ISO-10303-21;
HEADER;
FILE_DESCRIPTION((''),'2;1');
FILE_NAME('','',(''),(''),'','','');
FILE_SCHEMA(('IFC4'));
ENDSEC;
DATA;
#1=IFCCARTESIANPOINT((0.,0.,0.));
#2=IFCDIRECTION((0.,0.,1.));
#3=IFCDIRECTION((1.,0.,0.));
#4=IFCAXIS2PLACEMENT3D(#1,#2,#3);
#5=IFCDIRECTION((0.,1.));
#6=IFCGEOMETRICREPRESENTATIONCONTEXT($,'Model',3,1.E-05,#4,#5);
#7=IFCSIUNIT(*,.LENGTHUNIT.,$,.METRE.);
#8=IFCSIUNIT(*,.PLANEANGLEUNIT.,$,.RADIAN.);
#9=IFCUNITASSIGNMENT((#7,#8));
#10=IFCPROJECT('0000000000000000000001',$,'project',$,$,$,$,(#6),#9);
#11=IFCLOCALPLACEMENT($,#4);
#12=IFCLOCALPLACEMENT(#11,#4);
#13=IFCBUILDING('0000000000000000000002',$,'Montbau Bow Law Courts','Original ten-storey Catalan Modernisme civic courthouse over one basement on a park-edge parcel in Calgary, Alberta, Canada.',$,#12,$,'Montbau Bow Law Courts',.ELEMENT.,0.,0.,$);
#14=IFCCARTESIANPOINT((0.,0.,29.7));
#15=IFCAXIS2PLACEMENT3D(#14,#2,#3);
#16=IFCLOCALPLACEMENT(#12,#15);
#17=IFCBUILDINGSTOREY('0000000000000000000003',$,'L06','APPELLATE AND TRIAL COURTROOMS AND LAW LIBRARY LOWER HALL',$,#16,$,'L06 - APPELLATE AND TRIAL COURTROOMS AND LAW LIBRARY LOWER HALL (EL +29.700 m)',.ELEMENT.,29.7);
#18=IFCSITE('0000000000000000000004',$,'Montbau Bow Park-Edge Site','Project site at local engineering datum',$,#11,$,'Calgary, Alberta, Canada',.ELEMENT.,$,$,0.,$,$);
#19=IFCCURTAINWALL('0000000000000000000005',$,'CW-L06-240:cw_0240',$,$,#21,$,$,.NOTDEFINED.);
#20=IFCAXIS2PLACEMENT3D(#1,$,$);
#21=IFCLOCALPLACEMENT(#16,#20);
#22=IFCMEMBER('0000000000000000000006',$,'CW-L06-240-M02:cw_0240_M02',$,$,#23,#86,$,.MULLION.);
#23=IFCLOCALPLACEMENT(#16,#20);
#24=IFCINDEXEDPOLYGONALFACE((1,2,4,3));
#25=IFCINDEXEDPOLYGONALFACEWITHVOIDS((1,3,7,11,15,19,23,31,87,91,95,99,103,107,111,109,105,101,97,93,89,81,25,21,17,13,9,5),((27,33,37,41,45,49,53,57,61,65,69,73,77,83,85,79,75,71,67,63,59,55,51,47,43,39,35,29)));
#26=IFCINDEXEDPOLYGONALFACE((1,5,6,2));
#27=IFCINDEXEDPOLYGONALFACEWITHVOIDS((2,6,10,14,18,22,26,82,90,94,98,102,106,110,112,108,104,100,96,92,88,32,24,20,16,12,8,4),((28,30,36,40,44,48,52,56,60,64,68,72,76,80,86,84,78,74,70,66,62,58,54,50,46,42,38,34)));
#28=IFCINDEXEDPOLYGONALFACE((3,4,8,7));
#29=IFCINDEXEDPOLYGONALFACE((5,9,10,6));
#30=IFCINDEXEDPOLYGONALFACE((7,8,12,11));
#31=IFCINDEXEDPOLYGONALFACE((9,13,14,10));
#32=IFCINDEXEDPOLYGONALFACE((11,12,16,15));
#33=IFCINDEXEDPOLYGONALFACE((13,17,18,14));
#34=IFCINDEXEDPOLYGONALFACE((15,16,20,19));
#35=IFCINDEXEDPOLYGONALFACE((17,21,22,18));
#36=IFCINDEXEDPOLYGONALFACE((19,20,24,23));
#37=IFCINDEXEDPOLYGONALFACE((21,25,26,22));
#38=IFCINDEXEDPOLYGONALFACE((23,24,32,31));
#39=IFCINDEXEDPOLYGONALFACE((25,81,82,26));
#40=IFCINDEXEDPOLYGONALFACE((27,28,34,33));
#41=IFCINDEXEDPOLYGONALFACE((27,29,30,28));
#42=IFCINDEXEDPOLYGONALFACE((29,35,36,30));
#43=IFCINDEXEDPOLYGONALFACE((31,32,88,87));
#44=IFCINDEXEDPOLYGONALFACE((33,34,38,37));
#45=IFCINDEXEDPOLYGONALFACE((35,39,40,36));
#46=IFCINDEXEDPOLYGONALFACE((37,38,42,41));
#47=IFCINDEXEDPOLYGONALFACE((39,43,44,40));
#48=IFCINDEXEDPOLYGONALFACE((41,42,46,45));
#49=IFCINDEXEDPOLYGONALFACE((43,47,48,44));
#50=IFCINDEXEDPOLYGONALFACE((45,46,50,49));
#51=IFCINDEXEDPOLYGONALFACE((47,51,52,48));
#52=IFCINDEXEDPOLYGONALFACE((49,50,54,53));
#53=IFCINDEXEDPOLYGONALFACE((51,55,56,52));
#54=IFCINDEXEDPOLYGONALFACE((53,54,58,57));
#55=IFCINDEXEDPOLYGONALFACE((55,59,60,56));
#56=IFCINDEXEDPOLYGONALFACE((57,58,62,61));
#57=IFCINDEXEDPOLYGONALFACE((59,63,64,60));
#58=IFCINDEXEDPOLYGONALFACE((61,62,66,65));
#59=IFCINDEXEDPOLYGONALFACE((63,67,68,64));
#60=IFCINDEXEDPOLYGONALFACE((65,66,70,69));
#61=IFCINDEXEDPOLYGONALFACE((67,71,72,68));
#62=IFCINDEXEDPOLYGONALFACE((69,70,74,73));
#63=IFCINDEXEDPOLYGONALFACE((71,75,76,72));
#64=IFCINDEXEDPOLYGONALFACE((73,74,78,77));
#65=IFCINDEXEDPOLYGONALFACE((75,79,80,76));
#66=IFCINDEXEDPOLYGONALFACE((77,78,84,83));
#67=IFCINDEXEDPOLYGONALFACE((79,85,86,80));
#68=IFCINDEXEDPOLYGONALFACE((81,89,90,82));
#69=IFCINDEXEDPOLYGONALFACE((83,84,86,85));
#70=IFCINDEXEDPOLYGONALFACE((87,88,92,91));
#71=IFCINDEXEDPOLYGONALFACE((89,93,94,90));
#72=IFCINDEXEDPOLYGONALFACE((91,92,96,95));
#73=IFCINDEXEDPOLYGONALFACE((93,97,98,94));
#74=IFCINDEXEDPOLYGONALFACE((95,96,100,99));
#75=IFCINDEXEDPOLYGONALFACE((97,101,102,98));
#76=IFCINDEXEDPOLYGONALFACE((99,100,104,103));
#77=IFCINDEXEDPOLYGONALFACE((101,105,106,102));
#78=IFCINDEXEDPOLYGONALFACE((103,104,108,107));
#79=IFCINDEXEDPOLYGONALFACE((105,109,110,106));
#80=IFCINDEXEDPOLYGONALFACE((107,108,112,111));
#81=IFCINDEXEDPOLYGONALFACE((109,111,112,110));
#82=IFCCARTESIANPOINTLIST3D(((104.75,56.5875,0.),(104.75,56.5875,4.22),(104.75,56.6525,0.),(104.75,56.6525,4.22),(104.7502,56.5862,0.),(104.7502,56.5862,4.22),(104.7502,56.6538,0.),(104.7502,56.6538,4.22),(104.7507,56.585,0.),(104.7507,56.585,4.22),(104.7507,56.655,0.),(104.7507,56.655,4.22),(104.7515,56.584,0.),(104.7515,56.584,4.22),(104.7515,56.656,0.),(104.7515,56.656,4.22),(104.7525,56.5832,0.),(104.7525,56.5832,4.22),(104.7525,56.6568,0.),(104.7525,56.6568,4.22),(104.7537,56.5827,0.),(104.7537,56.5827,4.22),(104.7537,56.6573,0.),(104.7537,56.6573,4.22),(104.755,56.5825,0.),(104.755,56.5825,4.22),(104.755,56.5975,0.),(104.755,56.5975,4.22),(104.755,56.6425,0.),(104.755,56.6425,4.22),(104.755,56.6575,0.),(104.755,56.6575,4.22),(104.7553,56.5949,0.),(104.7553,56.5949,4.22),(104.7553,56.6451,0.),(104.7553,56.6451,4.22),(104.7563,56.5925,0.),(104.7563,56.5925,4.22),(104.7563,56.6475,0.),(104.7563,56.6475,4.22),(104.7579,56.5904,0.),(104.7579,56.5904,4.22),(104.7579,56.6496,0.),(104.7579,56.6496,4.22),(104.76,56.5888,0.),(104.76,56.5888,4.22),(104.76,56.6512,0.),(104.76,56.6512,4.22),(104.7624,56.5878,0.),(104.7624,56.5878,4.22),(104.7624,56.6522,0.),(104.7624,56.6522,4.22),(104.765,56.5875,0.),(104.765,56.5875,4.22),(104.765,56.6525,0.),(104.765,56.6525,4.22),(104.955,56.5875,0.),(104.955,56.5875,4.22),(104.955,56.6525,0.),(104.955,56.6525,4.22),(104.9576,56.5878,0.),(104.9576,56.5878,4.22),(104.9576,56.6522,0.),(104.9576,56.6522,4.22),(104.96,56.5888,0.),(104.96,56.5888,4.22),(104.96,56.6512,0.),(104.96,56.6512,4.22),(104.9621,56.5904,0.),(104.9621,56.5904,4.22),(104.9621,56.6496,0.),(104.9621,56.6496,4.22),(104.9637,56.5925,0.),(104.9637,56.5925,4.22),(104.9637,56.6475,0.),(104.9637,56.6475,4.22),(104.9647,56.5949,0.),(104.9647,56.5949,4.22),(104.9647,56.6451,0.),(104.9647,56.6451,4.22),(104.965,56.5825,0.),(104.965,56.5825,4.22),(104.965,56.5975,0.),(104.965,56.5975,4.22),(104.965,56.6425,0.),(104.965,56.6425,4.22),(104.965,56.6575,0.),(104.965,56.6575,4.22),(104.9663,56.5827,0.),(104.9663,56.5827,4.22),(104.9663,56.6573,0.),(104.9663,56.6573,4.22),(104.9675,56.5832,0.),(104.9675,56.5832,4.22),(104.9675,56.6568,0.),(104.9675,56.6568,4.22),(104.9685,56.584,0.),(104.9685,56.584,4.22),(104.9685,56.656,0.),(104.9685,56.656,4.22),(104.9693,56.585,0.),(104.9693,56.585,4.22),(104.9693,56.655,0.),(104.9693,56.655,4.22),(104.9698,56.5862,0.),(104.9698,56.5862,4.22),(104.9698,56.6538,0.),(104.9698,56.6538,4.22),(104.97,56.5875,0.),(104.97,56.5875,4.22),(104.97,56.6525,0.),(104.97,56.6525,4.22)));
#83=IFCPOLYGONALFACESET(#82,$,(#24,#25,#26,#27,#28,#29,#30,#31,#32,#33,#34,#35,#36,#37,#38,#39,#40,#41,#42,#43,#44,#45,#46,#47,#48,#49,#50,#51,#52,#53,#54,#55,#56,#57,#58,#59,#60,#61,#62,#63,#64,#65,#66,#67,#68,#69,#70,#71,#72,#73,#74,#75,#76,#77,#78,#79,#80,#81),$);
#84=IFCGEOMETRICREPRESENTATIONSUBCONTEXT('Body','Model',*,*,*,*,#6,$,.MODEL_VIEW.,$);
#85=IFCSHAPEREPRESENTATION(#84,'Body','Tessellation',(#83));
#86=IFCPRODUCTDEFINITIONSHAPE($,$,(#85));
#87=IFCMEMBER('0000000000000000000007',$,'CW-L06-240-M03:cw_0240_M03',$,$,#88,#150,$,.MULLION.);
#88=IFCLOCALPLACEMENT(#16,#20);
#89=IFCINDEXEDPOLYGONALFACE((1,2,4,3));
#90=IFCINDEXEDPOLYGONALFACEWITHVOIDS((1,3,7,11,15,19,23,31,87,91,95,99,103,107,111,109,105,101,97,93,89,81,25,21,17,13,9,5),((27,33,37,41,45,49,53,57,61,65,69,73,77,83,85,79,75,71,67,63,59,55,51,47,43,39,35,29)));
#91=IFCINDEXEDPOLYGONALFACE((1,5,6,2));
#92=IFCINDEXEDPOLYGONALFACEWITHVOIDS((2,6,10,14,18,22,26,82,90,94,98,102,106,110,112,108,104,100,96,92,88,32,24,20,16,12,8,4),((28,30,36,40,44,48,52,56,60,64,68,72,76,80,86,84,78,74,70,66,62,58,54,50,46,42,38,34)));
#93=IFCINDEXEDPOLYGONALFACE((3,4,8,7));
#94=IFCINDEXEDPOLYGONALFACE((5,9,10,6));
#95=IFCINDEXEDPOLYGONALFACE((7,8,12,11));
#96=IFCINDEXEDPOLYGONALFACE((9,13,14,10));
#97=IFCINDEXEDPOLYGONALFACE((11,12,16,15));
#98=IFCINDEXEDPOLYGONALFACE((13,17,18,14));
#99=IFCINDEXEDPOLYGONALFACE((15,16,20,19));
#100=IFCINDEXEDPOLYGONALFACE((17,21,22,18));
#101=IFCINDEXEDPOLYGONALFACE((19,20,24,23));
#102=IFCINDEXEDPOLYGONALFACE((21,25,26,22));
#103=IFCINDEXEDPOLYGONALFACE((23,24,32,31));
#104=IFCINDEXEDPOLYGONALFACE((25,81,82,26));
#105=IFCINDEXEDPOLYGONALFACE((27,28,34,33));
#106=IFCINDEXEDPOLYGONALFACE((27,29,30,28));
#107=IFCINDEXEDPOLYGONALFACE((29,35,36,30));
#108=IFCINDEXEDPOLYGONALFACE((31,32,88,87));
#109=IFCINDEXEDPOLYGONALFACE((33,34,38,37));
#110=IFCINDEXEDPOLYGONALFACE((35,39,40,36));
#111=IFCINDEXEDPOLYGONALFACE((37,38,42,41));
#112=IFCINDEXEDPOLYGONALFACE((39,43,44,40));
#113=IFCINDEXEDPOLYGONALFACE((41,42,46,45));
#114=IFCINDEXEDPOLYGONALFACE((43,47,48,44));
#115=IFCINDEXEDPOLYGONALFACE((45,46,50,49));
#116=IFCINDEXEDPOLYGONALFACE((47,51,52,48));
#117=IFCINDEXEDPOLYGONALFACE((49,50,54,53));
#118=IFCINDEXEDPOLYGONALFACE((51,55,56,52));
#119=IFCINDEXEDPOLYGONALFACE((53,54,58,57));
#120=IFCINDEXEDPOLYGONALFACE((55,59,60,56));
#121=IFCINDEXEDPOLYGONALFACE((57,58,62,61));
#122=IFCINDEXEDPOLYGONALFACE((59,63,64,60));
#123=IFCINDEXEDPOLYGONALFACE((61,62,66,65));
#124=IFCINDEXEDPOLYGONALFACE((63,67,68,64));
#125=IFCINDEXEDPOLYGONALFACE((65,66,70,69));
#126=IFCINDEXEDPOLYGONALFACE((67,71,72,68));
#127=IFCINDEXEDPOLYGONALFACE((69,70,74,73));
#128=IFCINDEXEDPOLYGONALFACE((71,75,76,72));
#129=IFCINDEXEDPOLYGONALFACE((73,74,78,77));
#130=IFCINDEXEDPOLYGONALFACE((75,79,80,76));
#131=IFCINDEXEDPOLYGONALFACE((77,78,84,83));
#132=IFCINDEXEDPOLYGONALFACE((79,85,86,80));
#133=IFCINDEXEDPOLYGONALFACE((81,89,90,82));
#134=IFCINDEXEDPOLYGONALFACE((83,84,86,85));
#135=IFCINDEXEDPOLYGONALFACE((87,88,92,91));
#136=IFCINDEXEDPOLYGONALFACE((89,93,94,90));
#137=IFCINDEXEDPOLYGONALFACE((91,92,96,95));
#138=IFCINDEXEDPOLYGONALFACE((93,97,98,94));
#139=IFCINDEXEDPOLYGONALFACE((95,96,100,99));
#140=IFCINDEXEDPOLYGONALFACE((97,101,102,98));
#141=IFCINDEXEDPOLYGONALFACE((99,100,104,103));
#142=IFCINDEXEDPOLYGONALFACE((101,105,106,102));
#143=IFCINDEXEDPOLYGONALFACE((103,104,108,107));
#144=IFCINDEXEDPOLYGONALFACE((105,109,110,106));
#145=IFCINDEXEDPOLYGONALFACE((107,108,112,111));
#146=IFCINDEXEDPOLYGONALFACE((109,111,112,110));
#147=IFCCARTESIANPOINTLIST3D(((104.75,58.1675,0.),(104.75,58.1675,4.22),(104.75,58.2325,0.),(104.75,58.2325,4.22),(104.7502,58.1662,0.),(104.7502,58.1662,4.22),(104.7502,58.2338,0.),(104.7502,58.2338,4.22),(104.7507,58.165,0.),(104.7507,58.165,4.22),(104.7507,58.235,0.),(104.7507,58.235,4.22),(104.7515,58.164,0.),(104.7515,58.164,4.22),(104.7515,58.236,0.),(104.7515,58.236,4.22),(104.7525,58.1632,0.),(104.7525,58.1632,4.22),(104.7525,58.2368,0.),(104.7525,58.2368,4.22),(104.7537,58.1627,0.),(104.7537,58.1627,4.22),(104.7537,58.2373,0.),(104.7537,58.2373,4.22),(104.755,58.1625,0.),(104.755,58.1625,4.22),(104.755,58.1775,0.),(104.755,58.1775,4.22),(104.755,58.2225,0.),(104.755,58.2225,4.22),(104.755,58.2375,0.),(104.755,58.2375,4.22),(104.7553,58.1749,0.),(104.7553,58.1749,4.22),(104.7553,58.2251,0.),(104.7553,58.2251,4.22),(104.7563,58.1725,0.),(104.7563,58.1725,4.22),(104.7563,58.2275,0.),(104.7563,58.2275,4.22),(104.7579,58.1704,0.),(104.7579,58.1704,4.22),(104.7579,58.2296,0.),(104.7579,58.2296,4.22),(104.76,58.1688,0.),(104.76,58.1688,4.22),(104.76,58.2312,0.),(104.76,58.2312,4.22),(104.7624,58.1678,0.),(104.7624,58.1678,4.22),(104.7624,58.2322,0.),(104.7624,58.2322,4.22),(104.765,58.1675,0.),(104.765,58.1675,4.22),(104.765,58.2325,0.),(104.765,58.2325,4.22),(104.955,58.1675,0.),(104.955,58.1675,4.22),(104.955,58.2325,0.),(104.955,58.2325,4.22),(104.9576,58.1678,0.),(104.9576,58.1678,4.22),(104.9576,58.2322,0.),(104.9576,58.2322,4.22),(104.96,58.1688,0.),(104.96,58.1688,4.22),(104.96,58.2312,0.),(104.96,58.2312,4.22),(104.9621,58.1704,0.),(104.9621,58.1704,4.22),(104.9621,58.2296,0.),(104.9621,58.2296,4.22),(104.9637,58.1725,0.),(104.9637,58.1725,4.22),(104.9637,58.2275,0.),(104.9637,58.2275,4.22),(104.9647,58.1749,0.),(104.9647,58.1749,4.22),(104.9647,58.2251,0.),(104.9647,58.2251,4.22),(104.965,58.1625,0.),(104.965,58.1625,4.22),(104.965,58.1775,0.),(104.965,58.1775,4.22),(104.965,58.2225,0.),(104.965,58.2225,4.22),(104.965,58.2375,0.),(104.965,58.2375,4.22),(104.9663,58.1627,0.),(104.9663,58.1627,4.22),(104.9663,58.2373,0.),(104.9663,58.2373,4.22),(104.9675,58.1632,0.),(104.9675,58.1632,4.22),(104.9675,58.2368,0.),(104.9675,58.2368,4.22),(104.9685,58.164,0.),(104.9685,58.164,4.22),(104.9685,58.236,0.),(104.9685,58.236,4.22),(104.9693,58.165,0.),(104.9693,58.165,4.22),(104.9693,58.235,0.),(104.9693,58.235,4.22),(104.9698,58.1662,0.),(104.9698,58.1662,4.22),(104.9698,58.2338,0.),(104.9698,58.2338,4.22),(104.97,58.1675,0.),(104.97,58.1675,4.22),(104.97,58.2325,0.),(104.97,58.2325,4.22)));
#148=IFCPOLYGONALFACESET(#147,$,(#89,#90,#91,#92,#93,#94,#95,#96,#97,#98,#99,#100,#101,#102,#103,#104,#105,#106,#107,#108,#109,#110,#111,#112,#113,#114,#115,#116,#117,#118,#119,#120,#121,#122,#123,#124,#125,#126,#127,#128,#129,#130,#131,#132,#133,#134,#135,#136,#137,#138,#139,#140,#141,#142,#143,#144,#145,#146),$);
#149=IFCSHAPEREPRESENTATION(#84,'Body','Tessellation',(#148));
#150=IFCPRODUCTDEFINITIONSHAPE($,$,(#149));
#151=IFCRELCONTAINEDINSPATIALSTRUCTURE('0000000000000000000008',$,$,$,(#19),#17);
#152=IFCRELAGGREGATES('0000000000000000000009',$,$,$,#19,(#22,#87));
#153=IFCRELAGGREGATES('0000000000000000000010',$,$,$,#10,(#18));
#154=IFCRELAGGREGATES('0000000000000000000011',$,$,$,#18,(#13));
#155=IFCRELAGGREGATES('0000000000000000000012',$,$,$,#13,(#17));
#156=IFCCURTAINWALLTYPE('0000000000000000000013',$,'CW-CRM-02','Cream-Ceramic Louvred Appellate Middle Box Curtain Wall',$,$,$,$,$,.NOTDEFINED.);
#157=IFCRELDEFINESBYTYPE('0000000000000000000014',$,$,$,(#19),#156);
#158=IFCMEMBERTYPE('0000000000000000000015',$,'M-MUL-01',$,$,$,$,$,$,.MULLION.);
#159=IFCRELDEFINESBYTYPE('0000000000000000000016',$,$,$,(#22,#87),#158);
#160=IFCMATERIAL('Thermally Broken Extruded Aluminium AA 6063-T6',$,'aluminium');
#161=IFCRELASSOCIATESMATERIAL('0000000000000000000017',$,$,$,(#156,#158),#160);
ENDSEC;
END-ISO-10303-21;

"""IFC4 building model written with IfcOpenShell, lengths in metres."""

from ifc_helpers import new_model, si_unit, direction, frame, origin_with_axes, origin_2d_with_axis, place, context, subcontext, project, spatial, hollow_rectangle, extrude, material, material_profile, profile_set, type_object, element, aggregate, save


model = new_model("IFC4")

# Units and contexts
model_context = context("Model", 3, precision=1e-05, world=origin_with_axes(), true_north=direction((0.0, 1.0)))
body_context = subcontext(model_context, "Body", "Model", "MODEL_VIEW")
ifc_project = project(units=[si_unit("LENGTHUNIT", "METRE"), si_unit("PLANEANGLEUNIT", "RADIAN")], contexts=[model_context])

# Site, building, storey
site_placement = place(None, origin_with_axes())
site = spatial("IfcSite", under=ifc_project, at=site_placement, Name="Montbau Bow Park-Edge Site", Description="Project site at local engineering datum", LongName="Calgary, Alberta, Canada", CompositionType="ELEMENT", RefElevation=0.0)
building_placement = place(site_placement, origin_with_axes())
building = spatial("IfcBuilding", under=site, at=building_placement, Name="Montbau Bow Law Courts", Description="Original ten-storey Catalan Modernisme civic courthouse over one basement on a park-edge parcel in Calgary, Alberta, Canada.", LongName="Montbau Bow Law Courts", CompositionType="ELEMENT", ElevationOfRefHeight=0.0, ElevationOfTerrain=0.0)
storey_placement = place(building_placement, frame((0.0, 0.0, 29.7), z_axis=(0.0, 0.0, 1.0), x_axis=(1.0, 0.0, 0.0)))
storey = spatial("IfcBuildingStorey", under=building, at=storey_placement, Name="L06", Description="APPELLATE AND TRIAL COURTROOMS AND LAW LIBRARY LOWER HALL", LongName="L06 - APPELLATE AND TRIAL COURTROOMS AND LAW LIBRARY LOWER HALL (EL +29.700 m)", CompositionType="ELEMENT", Elevation=29.7)

# Curtain wall, members
ifc_material_1 = material(Name="Thermally Broken Extruded Aluminium AA 6063-T6", Category="aluminium")
curtain_wall_type = type_object("IfcCurtainWallType", Name="CW-CRM-02", Description="Cream-Ceramic Louvred Appellate Middle Box Curtain Wall", PredefinedType="NOTDEFINED", material=ifc_material_1)
curtain_wall_1_placement = place(None, frame((104.86, 55.04, 29.7), z_axis=(0.0, 0.0, 1.0), x_axis=(1.0, 0.0, 0.0)))
curtain_wall_1 = element("IfcCurtainWall", 1, at=curtain_wall_1_placement, inside=storey, type_object=curtain_wall_type, Name="CW-L06-240:cw_0240", PredefinedType="NOTDEFINED")
ifc_material_profile_1 = material_profile(ifc_material_1, hollow_rectangle(XDim=0.075, YDim=0.22, WallThickness=0.005, InnerFilletRadius=0.01, OuterFilletRadius=0.005, at=origin_2d_with_axis()), Name="CWM-220X75", Category="Main", Priority=0)
ifc_profile_set_1 = profile_set([ifc_material_profile_1], Name="Thermally Broken Extruded Aluminium AA 6063-T6")
member_type_1 = type_object("IfcMemberType", Name="M-MUL-01", PredefinedType="MULLION", material=ifc_profile_set_1)
member_1_placement = place(None, frame((104.86, 56.62, 29.7), z_axis=(0.0, 0.0, 1.0), x_axis=(0.0, 1.0, 0.0)))
member_1 = element("IfcMember", 2, at=member_1_placement, type_object=member_type_1, Name="CW-L06-240-M02:cw_0240_M02", PredefinedType="MULLION", context=body_context, shape_type="SweptSolid", body=[
    extrude(hollow_rectangle(XDim=0.075, YDim=0.22, WallThickness=0.005, InnerFilletRadius=0.01, OuterFilletRadius=0.005, at=origin_2d_with_axis()), origin_with_axes(), (0.0, 0.0, 1.0), 4.22),
])
member_2_placement = place(None, frame((104.86, 58.2, 29.7), z_axis=(0.0, 0.0, 1.0), x_axis=(0.0, 1.0, 0.0)))
member_2 = element("IfcMember", 3, at=member_2_placement, type_object=member_type_1, Name="CW-L06-240-M03:cw_0240_M03", PredefinedType="MULLION", context=body_context, shape_type="SweptSolid", body=[
    extrude(hollow_rectangle(XDim=0.075, YDim=0.22, WallThickness=0.005, InnerFilletRadius=0.01, OuterFilletRadius=0.005, at=origin_2d_with_axis()), origin_with_axes(), (0.0, 0.0, 1.0), 4.22),
])

aggregate(curtain_wall_1, [member_1, member_2])

save(model, "model.ifc")
